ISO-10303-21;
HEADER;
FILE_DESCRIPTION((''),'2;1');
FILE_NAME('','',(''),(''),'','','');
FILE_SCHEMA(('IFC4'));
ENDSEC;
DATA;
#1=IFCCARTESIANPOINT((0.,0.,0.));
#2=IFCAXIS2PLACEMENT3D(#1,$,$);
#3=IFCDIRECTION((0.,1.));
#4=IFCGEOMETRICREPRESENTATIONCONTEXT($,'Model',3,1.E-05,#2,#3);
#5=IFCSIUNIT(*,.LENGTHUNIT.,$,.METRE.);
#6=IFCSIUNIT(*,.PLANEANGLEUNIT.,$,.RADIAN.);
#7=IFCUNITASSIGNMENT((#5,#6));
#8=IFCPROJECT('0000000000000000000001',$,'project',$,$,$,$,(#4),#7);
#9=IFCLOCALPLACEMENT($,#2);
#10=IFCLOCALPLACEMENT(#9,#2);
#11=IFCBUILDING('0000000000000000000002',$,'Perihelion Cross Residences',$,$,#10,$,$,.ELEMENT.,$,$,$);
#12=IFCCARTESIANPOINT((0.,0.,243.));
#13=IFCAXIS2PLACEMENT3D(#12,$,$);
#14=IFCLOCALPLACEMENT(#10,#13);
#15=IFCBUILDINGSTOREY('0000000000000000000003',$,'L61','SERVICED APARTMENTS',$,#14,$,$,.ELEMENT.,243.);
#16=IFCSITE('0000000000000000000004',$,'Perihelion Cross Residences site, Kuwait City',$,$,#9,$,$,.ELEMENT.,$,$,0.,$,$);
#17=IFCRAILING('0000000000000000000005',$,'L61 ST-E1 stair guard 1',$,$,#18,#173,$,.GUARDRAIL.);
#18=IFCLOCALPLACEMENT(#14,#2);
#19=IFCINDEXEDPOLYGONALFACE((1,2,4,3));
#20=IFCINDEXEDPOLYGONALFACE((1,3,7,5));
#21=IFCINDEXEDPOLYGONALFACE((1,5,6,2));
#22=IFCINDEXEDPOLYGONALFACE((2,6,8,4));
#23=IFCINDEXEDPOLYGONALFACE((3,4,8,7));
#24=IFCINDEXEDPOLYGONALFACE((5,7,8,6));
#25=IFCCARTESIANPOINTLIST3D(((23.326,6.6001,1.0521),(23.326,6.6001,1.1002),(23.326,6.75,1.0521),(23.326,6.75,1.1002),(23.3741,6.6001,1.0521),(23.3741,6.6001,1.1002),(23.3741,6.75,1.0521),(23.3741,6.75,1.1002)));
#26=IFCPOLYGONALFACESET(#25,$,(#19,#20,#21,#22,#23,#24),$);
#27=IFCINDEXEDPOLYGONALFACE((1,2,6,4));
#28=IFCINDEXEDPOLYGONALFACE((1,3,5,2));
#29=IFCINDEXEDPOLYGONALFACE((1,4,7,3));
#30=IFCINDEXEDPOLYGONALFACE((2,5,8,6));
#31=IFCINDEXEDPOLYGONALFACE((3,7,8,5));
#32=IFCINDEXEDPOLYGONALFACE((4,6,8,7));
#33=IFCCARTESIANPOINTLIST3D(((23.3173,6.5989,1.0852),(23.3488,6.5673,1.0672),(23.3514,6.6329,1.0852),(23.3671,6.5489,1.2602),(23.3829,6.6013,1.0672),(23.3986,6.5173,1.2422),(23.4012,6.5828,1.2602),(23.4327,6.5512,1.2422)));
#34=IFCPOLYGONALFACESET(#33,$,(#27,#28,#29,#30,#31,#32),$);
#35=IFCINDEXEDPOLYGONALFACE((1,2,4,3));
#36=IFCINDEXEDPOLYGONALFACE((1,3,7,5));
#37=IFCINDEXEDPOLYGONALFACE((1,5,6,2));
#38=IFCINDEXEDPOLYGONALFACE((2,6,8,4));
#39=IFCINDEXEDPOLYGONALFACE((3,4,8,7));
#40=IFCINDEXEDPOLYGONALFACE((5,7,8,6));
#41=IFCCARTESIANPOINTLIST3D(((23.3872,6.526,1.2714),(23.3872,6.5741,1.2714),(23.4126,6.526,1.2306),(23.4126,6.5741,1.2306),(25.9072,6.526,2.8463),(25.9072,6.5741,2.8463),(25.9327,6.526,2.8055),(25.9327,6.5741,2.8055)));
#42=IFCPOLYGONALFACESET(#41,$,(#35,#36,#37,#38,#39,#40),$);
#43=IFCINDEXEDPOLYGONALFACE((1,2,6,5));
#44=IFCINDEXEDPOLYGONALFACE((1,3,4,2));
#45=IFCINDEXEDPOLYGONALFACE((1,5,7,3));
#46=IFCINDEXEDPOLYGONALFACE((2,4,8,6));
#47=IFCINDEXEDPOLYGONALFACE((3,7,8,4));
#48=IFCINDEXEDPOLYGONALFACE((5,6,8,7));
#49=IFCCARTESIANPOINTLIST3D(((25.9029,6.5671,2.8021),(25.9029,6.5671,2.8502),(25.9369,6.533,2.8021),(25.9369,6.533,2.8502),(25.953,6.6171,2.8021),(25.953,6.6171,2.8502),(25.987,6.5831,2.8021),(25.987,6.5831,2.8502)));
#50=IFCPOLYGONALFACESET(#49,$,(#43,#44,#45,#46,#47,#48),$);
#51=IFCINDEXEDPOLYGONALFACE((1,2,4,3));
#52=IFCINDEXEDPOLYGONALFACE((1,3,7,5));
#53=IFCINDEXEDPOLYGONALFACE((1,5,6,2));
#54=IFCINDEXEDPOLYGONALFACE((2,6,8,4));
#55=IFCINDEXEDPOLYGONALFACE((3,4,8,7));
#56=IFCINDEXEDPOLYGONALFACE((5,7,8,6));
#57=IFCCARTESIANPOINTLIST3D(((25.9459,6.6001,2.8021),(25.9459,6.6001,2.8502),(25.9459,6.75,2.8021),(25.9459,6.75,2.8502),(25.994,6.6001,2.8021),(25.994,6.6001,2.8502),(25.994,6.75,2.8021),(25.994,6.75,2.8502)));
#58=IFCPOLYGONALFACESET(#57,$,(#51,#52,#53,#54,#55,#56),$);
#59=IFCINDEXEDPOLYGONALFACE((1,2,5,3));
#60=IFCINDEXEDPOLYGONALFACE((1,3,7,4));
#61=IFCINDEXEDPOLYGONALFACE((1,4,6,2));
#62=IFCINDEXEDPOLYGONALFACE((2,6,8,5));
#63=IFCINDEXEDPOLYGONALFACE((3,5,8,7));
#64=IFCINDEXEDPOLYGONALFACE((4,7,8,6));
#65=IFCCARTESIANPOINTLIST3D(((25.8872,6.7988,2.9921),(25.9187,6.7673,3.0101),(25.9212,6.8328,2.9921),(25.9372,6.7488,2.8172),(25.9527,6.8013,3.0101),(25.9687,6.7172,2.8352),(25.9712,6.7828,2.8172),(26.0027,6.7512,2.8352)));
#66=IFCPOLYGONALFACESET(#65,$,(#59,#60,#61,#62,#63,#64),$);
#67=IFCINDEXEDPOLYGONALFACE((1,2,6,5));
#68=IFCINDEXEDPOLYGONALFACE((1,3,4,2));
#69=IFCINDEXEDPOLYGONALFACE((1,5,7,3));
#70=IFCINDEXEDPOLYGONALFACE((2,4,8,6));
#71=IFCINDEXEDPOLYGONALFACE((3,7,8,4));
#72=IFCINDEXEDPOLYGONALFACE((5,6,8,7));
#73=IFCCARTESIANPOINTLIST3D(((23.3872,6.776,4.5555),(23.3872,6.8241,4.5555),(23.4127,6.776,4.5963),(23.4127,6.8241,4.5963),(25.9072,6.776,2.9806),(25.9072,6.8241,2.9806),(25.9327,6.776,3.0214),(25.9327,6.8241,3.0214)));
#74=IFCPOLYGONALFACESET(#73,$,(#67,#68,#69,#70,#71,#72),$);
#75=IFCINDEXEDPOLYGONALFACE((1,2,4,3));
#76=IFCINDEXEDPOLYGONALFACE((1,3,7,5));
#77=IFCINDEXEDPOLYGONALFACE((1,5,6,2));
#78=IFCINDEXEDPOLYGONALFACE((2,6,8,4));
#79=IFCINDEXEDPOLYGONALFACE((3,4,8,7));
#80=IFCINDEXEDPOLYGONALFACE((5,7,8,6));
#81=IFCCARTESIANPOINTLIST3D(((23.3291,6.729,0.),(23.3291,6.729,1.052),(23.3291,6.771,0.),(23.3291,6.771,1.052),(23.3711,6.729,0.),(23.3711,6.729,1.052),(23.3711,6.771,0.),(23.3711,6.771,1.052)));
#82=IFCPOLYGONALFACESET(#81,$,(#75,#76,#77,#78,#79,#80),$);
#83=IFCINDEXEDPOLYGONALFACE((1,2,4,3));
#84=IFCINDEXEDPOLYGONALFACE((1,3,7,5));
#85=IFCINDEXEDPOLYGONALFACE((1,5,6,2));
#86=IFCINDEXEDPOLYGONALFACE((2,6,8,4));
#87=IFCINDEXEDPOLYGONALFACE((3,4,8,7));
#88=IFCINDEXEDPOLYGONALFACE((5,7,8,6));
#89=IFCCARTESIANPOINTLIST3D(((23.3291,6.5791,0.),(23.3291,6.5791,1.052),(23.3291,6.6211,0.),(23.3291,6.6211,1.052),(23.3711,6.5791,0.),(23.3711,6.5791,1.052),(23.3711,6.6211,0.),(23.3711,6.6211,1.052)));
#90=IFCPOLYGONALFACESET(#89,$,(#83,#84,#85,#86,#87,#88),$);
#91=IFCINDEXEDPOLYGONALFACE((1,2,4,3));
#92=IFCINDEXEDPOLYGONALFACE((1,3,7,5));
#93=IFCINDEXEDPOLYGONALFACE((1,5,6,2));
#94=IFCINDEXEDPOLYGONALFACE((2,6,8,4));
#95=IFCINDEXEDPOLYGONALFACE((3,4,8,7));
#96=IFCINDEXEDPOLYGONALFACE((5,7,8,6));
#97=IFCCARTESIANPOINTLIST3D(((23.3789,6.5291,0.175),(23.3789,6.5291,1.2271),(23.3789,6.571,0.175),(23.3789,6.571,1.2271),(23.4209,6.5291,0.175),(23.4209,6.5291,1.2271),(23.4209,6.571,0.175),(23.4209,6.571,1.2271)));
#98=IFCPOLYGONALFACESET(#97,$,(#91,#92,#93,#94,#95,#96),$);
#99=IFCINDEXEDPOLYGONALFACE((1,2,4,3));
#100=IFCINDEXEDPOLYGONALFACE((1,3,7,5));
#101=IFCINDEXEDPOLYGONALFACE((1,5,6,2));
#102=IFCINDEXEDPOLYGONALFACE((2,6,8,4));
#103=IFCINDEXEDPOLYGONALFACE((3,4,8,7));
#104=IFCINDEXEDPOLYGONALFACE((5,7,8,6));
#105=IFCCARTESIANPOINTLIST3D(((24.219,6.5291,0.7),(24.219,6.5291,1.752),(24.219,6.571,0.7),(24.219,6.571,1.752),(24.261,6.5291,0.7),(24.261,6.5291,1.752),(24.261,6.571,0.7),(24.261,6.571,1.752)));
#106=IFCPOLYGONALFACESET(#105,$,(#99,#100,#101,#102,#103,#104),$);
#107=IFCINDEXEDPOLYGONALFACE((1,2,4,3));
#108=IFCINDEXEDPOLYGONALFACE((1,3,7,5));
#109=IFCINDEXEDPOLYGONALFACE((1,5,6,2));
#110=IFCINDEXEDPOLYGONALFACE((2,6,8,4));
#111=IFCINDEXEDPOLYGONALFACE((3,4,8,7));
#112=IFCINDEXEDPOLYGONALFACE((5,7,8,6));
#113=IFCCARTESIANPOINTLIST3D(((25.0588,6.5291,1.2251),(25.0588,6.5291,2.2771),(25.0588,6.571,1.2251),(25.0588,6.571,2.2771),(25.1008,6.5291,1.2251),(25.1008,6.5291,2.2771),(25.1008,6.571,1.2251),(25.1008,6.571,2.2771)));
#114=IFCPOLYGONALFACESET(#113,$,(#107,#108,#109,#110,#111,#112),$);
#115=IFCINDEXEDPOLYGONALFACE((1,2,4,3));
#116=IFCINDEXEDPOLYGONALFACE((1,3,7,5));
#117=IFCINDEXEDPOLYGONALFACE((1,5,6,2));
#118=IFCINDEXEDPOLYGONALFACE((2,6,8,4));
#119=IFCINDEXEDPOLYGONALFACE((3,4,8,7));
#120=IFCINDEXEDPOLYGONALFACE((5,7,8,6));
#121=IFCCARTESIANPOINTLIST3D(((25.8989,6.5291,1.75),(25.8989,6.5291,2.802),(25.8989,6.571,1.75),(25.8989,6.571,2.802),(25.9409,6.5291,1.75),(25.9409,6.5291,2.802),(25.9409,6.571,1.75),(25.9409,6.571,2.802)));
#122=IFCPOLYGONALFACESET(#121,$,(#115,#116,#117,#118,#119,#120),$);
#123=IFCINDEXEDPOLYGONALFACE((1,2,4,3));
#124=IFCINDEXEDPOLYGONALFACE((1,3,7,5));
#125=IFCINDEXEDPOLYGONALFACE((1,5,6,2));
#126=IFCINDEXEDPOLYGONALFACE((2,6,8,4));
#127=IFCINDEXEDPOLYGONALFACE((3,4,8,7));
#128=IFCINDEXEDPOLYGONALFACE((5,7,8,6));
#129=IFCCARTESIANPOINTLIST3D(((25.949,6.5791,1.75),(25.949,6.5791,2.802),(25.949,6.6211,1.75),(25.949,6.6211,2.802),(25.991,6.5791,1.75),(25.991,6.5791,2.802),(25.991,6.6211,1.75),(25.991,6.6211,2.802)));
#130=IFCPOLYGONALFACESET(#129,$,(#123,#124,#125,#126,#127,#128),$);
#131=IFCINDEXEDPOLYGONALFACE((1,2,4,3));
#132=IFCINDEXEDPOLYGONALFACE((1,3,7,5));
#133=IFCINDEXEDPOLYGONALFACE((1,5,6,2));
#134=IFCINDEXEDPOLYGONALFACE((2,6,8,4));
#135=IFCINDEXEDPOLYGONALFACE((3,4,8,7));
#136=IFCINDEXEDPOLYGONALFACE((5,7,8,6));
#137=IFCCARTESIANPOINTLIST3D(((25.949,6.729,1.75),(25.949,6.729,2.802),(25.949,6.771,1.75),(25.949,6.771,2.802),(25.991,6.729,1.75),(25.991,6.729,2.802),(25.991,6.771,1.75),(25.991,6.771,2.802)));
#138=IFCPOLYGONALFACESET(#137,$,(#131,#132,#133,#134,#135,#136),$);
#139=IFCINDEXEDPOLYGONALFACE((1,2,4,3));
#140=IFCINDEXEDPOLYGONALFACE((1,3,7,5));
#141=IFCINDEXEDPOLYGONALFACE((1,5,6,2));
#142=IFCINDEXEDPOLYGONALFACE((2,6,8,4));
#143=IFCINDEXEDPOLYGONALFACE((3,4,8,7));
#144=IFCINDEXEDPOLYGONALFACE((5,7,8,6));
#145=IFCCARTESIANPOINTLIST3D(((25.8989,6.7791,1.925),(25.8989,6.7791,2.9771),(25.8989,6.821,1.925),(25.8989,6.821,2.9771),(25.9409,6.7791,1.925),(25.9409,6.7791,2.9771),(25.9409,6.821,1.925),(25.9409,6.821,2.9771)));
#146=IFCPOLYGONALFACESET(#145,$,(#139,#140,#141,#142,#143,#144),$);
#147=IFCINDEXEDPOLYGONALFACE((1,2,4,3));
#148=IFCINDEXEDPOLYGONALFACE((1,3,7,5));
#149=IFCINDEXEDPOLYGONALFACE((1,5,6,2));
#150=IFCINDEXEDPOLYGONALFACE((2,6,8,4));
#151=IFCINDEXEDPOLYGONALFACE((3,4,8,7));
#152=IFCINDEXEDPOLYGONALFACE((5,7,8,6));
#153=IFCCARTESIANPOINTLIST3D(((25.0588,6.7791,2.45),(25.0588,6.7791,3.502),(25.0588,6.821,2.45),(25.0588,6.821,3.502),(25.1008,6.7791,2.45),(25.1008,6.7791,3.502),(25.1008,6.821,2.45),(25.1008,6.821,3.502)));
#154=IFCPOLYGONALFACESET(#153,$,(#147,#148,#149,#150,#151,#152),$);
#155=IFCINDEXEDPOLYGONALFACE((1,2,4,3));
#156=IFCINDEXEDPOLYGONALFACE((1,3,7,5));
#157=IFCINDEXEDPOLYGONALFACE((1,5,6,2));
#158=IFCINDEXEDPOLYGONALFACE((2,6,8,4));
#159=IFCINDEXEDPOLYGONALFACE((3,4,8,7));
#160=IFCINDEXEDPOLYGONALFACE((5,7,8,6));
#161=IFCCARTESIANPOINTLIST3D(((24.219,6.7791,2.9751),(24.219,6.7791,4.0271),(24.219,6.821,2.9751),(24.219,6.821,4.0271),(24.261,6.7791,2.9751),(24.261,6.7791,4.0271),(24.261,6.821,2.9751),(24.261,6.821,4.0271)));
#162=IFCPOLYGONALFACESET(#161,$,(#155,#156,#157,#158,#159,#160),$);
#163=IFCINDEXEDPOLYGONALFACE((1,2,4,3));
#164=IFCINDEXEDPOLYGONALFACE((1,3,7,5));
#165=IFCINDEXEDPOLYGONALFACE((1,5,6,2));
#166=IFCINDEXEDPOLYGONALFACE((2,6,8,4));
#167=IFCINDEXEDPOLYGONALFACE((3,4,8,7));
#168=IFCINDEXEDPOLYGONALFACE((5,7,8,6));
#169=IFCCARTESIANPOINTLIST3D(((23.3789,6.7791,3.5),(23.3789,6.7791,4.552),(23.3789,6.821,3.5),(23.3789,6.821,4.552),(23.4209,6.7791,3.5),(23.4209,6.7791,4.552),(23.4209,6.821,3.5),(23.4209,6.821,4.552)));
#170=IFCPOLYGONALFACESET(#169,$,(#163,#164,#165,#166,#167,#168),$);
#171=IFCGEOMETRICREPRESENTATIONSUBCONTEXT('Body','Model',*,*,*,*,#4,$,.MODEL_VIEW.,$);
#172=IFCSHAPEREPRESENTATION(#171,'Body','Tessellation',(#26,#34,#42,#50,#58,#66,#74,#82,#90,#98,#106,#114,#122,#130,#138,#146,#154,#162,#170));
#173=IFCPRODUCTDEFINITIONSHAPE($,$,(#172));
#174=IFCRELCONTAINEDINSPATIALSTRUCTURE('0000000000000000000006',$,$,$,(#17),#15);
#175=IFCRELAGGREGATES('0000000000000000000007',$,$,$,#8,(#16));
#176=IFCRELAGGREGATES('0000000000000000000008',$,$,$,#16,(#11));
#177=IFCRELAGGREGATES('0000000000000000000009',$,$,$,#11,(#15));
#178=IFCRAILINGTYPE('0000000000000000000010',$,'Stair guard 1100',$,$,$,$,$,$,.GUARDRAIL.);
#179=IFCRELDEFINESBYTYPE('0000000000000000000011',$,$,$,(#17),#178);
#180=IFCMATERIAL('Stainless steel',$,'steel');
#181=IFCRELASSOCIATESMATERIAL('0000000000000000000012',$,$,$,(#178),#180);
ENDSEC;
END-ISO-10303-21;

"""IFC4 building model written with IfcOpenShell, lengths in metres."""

from ifc_helpers import new_model, si_unit, direction, frame, origin, origin_2d, place, context, subcontext, project, spatial, rectangle, extrude, material, type_object, element, save


model = new_model("IFC4")

# Units and contexts
model_context = context("Model", 3, precision=1e-05, world=origin(), true_north=direction((0.0, 1.0)))
body_context = subcontext(model_context, "Body", "Model", "MODEL_VIEW")
ifc_project = project(units=[si_unit("LENGTHUNIT", "METRE"), si_unit("PLANEANGLEUNIT", "RADIAN")], contexts=[model_context])

# Site, building, storey
site_placement = place(None, origin())
site = spatial("IfcSite", under=ifc_project, at=site_placement, Name="Perihelion Cross Residences site, Kuwait City", CompositionType="ELEMENT", RefElevation=0.0)
building_placement = place(site_placement, origin())
building = spatial("IfcBuilding", under=site, at=building_placement, Name="Perihelion Cross Residences", CompositionType="ELEMENT")
storey_placement = place(building_placement, frame((0.0, 0.0, 243.0)))
storey = spatial("IfcBuildingStorey", under=building, at=storey_placement, Name="L61", Description="SERVICED APARTMENTS", CompositionType="ELEMENT", Elevation=243.0)

# Railing
ifc_material_1 = material(Name="Stainless steel", Category="steel")
railing_type_1 = type_object("IfcRailingType", Name="Stair guard 1100", PredefinedType="GUARDRAIL", material=ifc_material_1)
railing_1_placement = place(storey_placement, frame((23.3501, 6.75, 0.0)))
element("IfcRailing", 1, at=railing_1_placement, inside=storey, type_object=railing_type_1, Name="L61 ST-E1 stair guard 1", PredefinedType="GUARDRAIL", context=body_context, shape_type="SweptSolid", body=[
    extrude(rectangle(XDim=0.0481, YDim=0.0481, at=origin_2d()), frame((0.0, 0.0, 1.0762), z_axis=(0.0, -1.0, 0.0), x_axis=(1.0, 0.0, 0.0)), (0.0, 0.0, 1.0), 0.1499),
    extrude(rectangle(XDim=0.0481, YDim=0.0481, at=origin_2d()), frame((0.0, -0.1499, 1.0762), z_axis=(0.263862, -0.265156, 0.927399), x_axis=(0.708834, 0.705376, 0.0)), (0.0, 0.0, 1.0), 0.1887),
    extrude(rectangle(XDim=0.0481, YDim=0.0481, at=origin_2d()), frame((0.0498, -0.2, 1.251), z_axis=(0.848008, 0.0, 0.529984), x_axis=(0.0, 1.0, 0.0)), (0.0, 0.0, 1.0), 2.9717),
    extrude(rectangle(XDim=0.0481, YDim=0.0481, at=origin_2d()), frame((2.5698, -0.2, 2.8262), z_axis=(0.707107, 0.707107, 0.0), x_axis=(-0.707107, 0.707107, 0.0)), (0.0, 0.0, 1.0), 0.0708),
    extrude(rectangle(XDim=0.0481, YDim=0.0481, at=origin_2d()), frame((2.6199, -0.1499, 2.8262), z_axis=(0.0, 1.0, 0.0), x_axis=(-1.0, 0.0, 0.0)), (0.0, 0.0, 1.0), 0.1499),
    extrude(rectangle(XDim=0.0481, YDim=0.0481, at=origin_2d()), frame((2.6199, 0.0, 2.8262), z_axis=(-0.265065, 0.265065, 0.927082), x_axis=(-0.707107, -0.707107, 0.0)), (0.0, 0.0, 1.0), 0.1887),
    extrude(rectangle(XDim=0.0481, YDim=0.0481, at=origin_2d()), frame((2.5698, 0.05, 3.001), z_axis=(-0.848008, 0.0, 0.529984), x_axis=(0.0, -1.0, 0.0)), (0.0, 0.0, 1.0), 2.9717),
    extrude(rectangle(XDim=0.042, YDim=0.042, at=origin_2d()), origin(), (0.0, 0.0, 1.0), 1.052),
    extrude(rectangle(XDim=0.042, YDim=0.042, at=origin_2d()), frame((0.0, -0.1499, 0.0)), (0.0, 0.0, 1.0), 1.052),
    extrude(rectangle(XDim=0.042, YDim=0.042, at=origin_2d()), frame((0.0498, -0.2, 0.175)), (0.0, 0.0, 1.0), 1.052),
    extrude(rectangle(XDim=0.042, YDim=0.042, at=origin_2d()), frame((0.8899, -0.2, 0.7)), (0.0, 0.0, 1.0), 1.052),
    extrude(rectangle(XDim=0.042, YDim=0.042, at=origin_2d()), frame((1.7297, -0.2, 1.2251)), (0.0, 0.0, 1.0), 1.052),
    extrude(rectangle(XDim=0.042, YDim=0.042, at=origin_2d()), frame((2.5698, -0.2, 1.75)), (0.0, 0.0, 1.0), 1.052),
    extrude(rectangle(XDim=0.042, YDim=0.042, at=origin_2d()), frame((2.6199, -0.1499, 1.75)), (0.0, 0.0, 1.0), 1.052),
    extrude(rectangle(XDim=0.042, YDim=0.042, at=origin_2d()), frame((2.6199, 0.0, 1.75)), (0.0, 0.0, 1.0), 1.052),
    extrude(rectangle(XDim=0.042, YDim=0.042, at=origin_2d()), frame((2.5698, 0.05, 1.925)), (0.0, 0.0, 1.0), 1.052),
    extrude(rectangle(XDim=0.042, YDim=0.042, at=origin_2d()), frame((1.7297, 0.05, 2.45)), (0.0, 0.0, 1.0), 1.052),
    extrude(rectangle(XDim=0.042, YDim=0.042, at=origin_2d()), frame((0.8899, 0.05, 2.9751)), (0.0, 0.0, 1.0), 1.052),
    extrude(rectangle(XDim=0.042, YDim=0.042, at=origin_2d()), frame((0.0498, 0.05, 3.5)), (0.0, 0.0, 1.0), 1.052),
])

save(model, "model.ifc")
